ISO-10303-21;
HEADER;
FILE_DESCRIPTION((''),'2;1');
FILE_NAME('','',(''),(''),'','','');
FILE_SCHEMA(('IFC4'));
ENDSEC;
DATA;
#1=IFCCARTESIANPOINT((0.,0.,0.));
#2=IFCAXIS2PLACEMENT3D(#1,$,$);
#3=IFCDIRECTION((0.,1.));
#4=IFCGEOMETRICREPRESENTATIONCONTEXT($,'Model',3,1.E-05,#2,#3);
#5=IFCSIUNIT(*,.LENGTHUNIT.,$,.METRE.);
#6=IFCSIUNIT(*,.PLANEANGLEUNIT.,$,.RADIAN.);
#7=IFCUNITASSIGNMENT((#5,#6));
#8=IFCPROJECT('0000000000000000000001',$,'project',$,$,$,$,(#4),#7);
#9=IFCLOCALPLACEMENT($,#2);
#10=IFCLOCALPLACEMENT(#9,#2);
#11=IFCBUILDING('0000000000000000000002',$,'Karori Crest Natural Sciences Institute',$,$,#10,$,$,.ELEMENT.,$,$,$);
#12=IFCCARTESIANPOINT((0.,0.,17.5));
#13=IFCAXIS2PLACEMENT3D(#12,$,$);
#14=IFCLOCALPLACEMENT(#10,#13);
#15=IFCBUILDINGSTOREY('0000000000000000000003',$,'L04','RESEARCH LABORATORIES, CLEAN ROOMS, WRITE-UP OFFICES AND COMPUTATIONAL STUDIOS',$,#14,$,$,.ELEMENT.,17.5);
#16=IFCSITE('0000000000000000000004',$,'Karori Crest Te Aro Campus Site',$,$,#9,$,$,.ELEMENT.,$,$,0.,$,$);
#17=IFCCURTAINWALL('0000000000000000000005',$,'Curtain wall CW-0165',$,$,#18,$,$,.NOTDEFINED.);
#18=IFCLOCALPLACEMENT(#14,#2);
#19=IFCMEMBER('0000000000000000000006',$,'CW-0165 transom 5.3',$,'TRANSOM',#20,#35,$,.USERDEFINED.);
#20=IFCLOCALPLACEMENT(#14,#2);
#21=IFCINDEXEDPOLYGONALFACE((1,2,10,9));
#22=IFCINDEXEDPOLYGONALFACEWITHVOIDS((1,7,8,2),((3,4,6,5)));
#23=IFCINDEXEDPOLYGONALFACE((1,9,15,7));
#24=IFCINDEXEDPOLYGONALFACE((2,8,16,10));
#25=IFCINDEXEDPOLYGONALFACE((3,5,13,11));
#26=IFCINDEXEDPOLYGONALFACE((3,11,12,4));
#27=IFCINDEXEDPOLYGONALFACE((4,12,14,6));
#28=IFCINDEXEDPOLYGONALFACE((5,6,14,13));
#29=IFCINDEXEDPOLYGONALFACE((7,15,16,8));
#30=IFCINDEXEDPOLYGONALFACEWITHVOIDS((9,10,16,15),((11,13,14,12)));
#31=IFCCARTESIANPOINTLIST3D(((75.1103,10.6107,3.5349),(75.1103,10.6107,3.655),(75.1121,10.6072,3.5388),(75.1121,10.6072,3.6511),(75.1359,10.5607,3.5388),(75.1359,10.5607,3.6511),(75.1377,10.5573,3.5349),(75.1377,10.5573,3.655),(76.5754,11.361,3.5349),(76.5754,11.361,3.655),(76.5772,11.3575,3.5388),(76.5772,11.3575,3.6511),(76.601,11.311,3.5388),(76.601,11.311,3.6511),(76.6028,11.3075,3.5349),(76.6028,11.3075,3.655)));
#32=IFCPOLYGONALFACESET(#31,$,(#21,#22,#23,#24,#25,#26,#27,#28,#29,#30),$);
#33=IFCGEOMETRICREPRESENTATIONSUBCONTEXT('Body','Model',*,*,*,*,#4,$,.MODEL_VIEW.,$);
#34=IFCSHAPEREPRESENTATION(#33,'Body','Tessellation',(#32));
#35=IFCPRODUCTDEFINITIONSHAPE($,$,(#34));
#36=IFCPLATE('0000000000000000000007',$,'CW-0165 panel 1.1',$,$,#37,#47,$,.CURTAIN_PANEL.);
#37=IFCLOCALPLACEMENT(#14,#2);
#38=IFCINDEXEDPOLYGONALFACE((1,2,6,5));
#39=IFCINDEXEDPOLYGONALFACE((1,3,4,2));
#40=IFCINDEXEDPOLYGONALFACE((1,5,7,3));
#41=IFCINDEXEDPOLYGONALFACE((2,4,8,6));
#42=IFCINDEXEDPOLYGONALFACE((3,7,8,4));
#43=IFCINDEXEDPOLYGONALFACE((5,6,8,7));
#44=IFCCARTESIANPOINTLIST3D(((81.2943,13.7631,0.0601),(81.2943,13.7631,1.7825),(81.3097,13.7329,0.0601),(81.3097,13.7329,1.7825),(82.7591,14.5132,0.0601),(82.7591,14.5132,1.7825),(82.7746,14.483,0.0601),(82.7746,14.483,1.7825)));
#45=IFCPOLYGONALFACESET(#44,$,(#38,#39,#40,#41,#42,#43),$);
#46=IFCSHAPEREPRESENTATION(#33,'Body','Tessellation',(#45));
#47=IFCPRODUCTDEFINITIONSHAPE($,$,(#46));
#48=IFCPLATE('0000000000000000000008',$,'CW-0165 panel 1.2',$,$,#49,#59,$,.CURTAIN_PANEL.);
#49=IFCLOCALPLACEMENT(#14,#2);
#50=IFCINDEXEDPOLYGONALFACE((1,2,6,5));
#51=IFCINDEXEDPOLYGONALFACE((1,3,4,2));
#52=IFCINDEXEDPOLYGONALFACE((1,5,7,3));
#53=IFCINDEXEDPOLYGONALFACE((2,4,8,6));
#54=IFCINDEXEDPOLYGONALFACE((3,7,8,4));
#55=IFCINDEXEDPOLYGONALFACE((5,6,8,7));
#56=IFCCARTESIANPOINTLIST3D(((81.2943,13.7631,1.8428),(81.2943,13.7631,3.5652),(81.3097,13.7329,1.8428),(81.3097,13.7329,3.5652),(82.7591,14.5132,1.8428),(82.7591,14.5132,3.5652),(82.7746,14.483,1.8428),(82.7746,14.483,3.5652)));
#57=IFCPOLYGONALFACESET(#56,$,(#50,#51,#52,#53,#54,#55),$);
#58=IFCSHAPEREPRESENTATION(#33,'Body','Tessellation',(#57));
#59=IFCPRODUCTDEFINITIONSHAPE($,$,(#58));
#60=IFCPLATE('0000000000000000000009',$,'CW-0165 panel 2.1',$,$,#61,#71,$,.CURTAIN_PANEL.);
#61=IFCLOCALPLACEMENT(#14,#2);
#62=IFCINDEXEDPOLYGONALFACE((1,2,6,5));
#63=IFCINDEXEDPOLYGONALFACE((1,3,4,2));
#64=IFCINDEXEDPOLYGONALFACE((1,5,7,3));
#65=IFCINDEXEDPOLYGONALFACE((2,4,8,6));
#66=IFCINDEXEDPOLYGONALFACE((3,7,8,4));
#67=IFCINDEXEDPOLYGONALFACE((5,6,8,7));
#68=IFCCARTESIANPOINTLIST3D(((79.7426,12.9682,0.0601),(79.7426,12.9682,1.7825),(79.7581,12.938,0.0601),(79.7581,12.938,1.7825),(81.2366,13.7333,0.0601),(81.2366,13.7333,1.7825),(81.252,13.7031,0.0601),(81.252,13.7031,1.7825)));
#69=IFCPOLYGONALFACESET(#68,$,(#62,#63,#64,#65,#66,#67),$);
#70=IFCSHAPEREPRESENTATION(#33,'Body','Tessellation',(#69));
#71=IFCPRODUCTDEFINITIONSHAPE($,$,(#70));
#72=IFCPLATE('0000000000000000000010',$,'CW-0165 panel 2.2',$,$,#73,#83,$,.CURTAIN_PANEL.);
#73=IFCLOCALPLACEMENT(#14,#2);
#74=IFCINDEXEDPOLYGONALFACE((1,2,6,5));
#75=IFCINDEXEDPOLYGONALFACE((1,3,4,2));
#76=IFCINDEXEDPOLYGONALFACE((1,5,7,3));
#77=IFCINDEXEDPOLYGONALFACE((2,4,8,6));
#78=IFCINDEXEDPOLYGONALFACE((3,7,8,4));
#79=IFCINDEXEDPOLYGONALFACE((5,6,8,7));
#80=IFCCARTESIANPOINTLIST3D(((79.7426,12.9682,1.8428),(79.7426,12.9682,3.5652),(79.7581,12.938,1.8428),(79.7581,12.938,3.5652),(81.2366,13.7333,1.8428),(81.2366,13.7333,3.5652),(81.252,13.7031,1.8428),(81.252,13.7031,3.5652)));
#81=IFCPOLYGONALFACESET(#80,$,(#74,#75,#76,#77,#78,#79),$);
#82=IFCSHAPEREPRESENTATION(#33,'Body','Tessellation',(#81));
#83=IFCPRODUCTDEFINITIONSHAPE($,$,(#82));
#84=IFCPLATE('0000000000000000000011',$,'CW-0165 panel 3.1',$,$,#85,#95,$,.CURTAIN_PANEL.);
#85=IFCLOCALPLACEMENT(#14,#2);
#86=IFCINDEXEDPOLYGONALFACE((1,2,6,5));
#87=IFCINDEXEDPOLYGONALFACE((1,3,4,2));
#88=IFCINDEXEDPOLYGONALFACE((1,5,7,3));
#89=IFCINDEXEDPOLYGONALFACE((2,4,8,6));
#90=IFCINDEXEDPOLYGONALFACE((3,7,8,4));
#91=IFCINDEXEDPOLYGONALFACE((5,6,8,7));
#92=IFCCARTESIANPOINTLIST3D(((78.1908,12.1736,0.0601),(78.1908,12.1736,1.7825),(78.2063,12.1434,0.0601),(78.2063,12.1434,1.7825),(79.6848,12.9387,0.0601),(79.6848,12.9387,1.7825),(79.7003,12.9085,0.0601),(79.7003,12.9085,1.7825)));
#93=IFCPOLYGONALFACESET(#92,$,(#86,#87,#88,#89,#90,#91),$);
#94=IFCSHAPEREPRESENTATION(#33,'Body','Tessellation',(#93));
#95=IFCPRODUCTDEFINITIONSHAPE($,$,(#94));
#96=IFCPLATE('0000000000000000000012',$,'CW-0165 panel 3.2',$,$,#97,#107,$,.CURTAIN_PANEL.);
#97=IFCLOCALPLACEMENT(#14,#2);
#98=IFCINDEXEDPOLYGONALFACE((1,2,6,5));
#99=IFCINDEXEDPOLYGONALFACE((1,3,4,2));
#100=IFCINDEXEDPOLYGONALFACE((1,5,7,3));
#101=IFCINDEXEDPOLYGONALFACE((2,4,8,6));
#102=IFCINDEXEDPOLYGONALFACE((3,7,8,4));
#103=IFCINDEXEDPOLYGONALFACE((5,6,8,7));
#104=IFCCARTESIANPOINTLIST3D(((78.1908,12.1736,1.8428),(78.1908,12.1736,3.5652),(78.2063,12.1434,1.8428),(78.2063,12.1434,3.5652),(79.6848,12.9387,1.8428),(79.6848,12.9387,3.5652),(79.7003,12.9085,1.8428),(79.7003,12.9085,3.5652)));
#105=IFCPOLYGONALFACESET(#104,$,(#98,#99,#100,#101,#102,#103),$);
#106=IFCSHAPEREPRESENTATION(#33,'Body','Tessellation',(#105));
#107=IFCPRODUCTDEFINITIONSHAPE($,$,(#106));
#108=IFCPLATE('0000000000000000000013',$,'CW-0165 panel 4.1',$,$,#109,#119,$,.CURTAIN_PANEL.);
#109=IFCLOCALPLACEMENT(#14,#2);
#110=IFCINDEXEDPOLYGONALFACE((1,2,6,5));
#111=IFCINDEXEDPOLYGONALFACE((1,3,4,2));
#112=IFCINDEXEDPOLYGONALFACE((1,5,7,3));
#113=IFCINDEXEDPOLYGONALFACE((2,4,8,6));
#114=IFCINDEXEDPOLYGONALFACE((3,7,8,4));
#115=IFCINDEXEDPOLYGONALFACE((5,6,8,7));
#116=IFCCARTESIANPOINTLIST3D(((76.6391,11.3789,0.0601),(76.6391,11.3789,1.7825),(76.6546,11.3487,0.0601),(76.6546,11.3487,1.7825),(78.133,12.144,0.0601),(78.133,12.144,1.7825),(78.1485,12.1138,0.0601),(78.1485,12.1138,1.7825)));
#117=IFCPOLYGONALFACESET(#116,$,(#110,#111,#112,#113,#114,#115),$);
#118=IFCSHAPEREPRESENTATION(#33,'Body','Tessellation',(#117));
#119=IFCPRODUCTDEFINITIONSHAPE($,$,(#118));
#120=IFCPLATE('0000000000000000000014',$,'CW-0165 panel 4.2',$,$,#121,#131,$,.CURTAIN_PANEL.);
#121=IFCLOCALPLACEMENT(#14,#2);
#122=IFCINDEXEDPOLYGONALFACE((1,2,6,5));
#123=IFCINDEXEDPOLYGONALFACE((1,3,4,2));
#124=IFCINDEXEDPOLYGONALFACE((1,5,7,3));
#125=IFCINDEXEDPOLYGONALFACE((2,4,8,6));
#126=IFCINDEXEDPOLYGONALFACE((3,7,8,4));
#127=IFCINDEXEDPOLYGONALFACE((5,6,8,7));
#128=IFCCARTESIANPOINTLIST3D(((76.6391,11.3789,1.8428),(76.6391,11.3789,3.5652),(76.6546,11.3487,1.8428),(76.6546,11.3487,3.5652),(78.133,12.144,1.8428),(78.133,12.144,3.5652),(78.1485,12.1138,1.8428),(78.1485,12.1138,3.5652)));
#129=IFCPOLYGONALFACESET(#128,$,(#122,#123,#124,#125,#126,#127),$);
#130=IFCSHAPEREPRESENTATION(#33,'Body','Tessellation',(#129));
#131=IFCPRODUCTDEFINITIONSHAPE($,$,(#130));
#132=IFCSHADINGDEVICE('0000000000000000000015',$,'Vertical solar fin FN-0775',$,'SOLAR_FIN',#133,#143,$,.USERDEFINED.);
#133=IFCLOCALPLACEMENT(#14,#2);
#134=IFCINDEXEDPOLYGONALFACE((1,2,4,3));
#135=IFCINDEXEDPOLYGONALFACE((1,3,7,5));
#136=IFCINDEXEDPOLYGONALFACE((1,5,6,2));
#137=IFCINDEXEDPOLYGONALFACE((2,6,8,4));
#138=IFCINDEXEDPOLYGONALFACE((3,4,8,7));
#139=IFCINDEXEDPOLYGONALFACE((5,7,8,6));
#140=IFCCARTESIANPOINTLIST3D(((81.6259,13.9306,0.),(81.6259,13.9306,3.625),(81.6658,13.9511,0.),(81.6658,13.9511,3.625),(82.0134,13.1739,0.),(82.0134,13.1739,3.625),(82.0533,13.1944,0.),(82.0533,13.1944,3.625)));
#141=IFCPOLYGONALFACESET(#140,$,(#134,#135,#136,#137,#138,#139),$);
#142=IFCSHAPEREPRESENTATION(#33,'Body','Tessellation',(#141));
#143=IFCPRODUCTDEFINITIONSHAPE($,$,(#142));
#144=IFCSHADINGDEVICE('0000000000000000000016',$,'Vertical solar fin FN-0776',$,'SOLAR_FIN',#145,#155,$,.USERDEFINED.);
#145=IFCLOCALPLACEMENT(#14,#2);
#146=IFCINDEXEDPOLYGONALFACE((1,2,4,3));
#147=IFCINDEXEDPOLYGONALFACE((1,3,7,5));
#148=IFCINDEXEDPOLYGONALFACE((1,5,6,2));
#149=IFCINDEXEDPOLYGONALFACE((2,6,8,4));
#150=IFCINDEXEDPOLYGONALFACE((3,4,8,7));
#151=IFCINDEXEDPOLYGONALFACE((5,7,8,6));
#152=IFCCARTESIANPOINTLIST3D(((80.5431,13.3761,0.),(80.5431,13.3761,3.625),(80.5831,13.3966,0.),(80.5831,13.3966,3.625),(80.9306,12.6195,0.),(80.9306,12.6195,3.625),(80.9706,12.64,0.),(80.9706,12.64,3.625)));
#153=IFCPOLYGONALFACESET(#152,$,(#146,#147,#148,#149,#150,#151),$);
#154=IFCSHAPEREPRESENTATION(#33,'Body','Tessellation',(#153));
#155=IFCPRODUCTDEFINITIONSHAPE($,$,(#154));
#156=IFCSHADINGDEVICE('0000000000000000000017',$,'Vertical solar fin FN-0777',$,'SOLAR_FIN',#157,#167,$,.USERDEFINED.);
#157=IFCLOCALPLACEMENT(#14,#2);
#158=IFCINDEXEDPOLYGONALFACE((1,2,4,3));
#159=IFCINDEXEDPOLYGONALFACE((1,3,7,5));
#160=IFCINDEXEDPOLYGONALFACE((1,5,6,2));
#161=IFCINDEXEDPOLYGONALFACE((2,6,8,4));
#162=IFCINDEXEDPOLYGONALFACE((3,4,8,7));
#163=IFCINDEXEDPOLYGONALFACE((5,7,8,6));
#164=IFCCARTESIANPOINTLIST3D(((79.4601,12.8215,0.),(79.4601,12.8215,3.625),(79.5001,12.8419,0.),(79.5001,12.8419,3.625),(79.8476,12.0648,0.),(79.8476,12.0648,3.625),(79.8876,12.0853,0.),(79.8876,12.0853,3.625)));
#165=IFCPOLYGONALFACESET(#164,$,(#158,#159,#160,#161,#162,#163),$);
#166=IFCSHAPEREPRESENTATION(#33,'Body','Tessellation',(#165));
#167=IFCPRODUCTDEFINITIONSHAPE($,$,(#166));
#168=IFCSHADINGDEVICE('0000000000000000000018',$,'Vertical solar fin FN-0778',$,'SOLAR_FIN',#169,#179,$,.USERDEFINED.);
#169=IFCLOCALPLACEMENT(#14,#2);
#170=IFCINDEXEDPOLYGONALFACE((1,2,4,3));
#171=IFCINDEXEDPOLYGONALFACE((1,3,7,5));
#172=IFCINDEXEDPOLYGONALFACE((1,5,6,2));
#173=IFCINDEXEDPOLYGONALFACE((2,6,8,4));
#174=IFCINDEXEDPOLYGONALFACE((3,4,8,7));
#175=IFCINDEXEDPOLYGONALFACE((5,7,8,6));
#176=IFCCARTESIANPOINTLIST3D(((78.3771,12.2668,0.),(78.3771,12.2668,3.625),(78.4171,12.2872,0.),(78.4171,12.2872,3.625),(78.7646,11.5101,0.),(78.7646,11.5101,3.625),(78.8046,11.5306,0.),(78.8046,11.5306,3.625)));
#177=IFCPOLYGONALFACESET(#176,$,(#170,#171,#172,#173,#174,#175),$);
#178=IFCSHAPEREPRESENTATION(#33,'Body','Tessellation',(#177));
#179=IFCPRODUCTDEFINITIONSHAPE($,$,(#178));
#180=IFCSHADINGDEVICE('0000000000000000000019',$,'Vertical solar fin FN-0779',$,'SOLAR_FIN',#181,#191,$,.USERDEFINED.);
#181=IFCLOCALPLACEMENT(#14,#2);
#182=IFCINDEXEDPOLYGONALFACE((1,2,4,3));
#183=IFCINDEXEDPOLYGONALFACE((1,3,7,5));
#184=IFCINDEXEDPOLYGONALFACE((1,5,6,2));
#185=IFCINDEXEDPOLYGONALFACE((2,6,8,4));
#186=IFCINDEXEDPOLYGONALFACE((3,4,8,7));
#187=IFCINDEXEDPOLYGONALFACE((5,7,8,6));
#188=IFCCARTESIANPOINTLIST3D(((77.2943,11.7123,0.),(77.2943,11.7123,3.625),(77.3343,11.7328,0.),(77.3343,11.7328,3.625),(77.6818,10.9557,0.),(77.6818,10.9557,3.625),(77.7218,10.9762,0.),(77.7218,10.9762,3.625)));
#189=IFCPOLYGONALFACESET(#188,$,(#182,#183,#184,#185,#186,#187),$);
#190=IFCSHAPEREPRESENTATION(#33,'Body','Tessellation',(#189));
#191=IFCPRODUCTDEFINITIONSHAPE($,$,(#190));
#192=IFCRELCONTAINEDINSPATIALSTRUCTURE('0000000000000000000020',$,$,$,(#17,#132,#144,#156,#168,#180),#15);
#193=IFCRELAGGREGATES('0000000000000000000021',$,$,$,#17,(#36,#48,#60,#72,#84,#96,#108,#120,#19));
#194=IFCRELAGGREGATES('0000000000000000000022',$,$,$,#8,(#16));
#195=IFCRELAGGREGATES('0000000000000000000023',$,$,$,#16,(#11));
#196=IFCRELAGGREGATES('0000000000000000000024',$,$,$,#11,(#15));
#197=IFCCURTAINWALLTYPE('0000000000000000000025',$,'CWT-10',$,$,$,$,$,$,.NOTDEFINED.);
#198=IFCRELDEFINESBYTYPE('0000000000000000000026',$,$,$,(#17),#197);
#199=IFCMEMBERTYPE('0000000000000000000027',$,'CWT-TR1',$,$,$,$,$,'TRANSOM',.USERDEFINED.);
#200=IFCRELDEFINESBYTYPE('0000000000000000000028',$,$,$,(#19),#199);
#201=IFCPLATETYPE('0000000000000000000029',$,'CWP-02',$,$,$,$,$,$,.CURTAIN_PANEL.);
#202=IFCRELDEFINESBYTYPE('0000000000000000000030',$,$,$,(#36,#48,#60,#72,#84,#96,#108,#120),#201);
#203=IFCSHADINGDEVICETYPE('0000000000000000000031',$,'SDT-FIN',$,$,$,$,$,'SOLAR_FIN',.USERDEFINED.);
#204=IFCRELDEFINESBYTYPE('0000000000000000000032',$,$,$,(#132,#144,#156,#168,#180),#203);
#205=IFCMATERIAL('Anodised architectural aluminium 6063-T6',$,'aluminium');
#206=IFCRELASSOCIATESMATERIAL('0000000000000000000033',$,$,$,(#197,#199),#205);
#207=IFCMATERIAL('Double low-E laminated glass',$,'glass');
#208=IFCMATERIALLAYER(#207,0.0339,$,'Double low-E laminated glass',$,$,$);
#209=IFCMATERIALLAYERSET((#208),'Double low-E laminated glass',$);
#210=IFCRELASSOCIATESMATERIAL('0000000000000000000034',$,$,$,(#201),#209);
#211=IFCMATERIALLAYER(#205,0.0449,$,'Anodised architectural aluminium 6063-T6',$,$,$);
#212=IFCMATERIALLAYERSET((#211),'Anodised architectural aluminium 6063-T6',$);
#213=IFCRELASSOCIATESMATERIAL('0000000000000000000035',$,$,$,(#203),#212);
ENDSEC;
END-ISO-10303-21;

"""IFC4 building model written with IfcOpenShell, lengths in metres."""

from ifc_helpers import new_model, si_unit, direction, frame, origin, origin_2d, place, context, subcontext, project, spatial, rectangle, hollow_rectangle, extrude, material, layer, layer_set, material_profile, profile_set, type_object, element, aggregate, save


model = new_model("IFC4")

# Units and contexts
model_context = context("Model", 3, precision=1e-05, world=origin(), true_north=direction((0.0, 1.0)))
body_context = subcontext(model_context, "Body", "Model", "MODEL_VIEW")
ifc_project = project(units=[si_unit("LENGTHUNIT", "METRE"), si_unit("PLANEANGLEUNIT", "RADIAN")], contexts=[model_context])

# Site, building, storey
site_placement = place(None, origin())
site = spatial("IfcSite", under=ifc_project, at=site_placement, Name="Karori Crest Te Aro Campus Site", CompositionType="ELEMENT", RefElevation=0.0)
building_placement = place(site_placement, origin())
building = spatial("IfcBuilding", under=site, at=building_placement, Name="Karori Crest Natural Sciences Institute", CompositionType="ELEMENT")
storey_placement = place(building_placement, frame((0.0, 0.0, 17.5)))
storey = spatial("IfcBuildingStorey", under=building, at=storey_placement, Name="L04", Description="RESEARCH LABORATORIES, CLEAN ROOMS, WRITE-UP OFFICES AND COMPUTATIONAL STUDIOS", CompositionType="ELEMENT", Elevation=17.5)

# Curtain wall, member, plates
ifc_material_1 = material(Name="Anodised architectural aluminium 6063-T6", Category="aluminium")
curtain_wall_type = type_object("IfcCurtainWallType", Name="CWT-10", PredefinedType="NOTDEFINED", material=ifc_material_1)
curtain_wall_placement = place(storey_placement, origin())
curtain_wall = element("IfcCurtainWall", 1, at=curtain_wall_placement, inside=storey, type_object=curtain_wall_type, Name="Curtain wall CW-0165", PredefinedType="NOTDEFINED")
ifc_material_profile_1 = material_profile(ifc_material_1, hollow_rectangle(XDim=0.0601, YDim=0.1201, WallThickness=0.0039, at=origin_2d()), Name="CWT120x60x4")
ifc_profile_set_1 = profile_set([ifc_material_profile_1], Name="Anodised architectural aluminium 6063-T6")
member_type_1 = type_object("IfcMemberType", Name="CWT-TR1", ElementType="TRANSOM", PredefinedType="USERDEFINED", material=ifc_profile_set_1)
member_1_placement = place(storey_placement, frame((76.5891, 11.3342, 3.595), z_axis=(-0.890084, -0.455796, 0.0), x_axis=(0.455796, -0.890084, 0.0)))
member_1 = element("IfcMember", 2, at=member_1_placement, type_object=member_type_1, Name="CW-0165 transom 5.3", ObjectType="TRANSOM", PredefinedType="USERDEFINED", context=body_context, shape_type="SweptSolid", body=[
    extrude(hollow_rectangle(XDim=0.0601, YDim=0.1201, WallThickness=0.0039, at=origin_2d()), origin(), (0.0, 0.0, 1.0), 1.646),
])
ifc_material_2 = material(Name="Double low-E laminated glass", Category="glass")
ifc_layer_1 = layer(ifc_material_2, 0.0339, Name="Double low-E laminated glass")
ifc_layer_set_1 = layer_set([ifc_layer_1], Name="Double low-E laminated glass")
plate_type = type_object("IfcPlateType", Name="CWP-02", PredefinedType="CURTAIN_PANEL", material=ifc_layer_set_1)
plate_1_placement = place(storey_placement, frame((82.0344, 14.123, 0.0601), z_axis=(0.0, 0.0, 1.0), x_axis=(-0.890067, -0.455829, 0.0)))
plate_1 = element("IfcPlate", 3, at=plate_1_placement, type_object=plate_type, Name="CW-0165 panel 1.1", PredefinedType="CURTAIN_PANEL", context=body_context, shape_type="SweptSolid", body=[
    extrude(rectangle(XDim=1.6458, YDim=0.0339, at=origin_2d()), origin(), (0.0, 0.0, 1.0), 1.7224),
])
plate_2_placement = place(storey_placement, frame((82.0344, 14.123, 1.8428), z_axis=(0.0, 0.0, 1.0), x_axis=(-0.890067, -0.455829, 0.0)))
plate_2 = element("IfcPlate", 4, at=plate_2_placement, type_object=plate_type, Name="CW-0165 panel 1.2", PredefinedType="CURTAIN_PANEL", context=body_context, shape_type="SweptSolid", body=[
    extrude(rectangle(XDim=1.6458, YDim=0.0339, at=origin_2d()), origin(), (0.0, 0.0, 1.0), 1.7224),
])
plate_3_placement = place(storey_placement, frame((80.4973, 13.3357, 0.0601), z_axis=(0.0, 0.0, 1.0), x_axis=(-0.890067, -0.455829, 0.0)))
plate_3 = element("IfcPlate", 5, at=plate_3_placement, type_object=plate_type, Name="CW-0165 panel 2.1", PredefinedType="CURTAIN_PANEL", context=body_context, shape_type="SweptSolid", body=[
    extrude(rectangle(XDim=1.6785, YDim=0.0339, at=origin_2d()), origin(), (0.0, 0.0, 1.0), 1.7224),
])
plate_4_placement = place(storey_placement, frame((80.4973, 13.3357, 1.8428), z_axis=(0.0, 0.0, 1.0), x_axis=(-0.890067, -0.455829, 0.0)))
plate_4 = element("IfcPlate", 6, at=plate_4_placement, type_object=plate_type, Name="CW-0165 panel 2.2", PredefinedType="CURTAIN_PANEL", context=body_context, shape_type="SweptSolid", body=[
    extrude(rectangle(XDim=1.6785, YDim=0.0339, at=origin_2d()), origin(), (0.0, 0.0, 1.0), 1.7224),
])
plate_5_placement = place(storey_placement, frame((78.9456, 12.541, 0.0601), z_axis=(0.0, 0.0, 1.0), x_axis=(-0.890067, -0.455829, 0.0)))
plate_5 = element("IfcPlate", 7, at=plate_5_placement, type_object=plate_type, Name="CW-0165 panel 3.1", PredefinedType="CURTAIN_PANEL", context=body_context, shape_type="SweptSolid", body=[
    extrude(rectangle(XDim=1.6785, YDim=0.0339, at=origin_2d()), origin(), (0.0, 0.0, 1.0), 1.7224),
])
plate_6_placement = place(storey_placement, frame((78.9456, 12.541, 1.8428), z_axis=(0.0, 0.0, 1.0), x_axis=(-0.890067, -0.455829, 0.0)))
plate_6 = element("IfcPlate", 8, at=plate_6_placement, type_object=plate_type, Name="CW-0165 panel 3.2", PredefinedType="CURTAIN_PANEL", context=body_context, shape_type="SweptSolid", body=[
    extrude(rectangle(XDim=1.6785, YDim=0.0339, at=origin_2d()), origin(), (0.0, 0.0, 1.0), 1.7224),
])
plate_7_placement = place(storey_placement, frame((77.3938, 11.7463, 0.0601), z_axis=(0.0, 0.0, 1.0), x_axis=(-0.890067, -0.455829, 0.0)))
plate_7 = element("IfcPlate", 9, at=plate_7_placement, type_object=plate_type, Name="CW-0165 panel 4.1", PredefinedType="CURTAIN_PANEL", context=body_context, shape_type="SweptSolid", body=[
    extrude(rectangle(XDim=1.6785, YDim=0.0339, at=origin_2d()), origin(), (0.0, 0.0, 1.0), 1.7224),
])
plate_8_placement = place(storey_placement, frame((77.3938, 11.7463, 1.8428), z_axis=(0.0, 0.0, 1.0), x_axis=(-0.890067, -0.455829, 0.0)))
plate_8 = element("IfcPlate", 10, at=plate_8_placement, type_object=plate_type, Name="CW-0165 panel 4.2", PredefinedType="CURTAIN_PANEL", context=body_context, shape_type="SweptSolid", body=[
    extrude(rectangle(XDim=1.6785, YDim=0.0339, at=origin_2d()), origin(), (0.0, 0.0, 1.0), 1.7224),
])
aggregate(curtain_wall, [plate_1, plate_2, plate_3, plate_4, plate_5, plate_6, plate_7, plate_8, member_1])

# Shading devices
ifc_layer_2 = layer(ifc_material_1, 0.0449, Name="Anodised architectural aluminium 6063-T6")
ifc_layer_set_2 = layer_set([ifc_layer_2], Name="Anodised architectural aluminium 6063-T6")
shading_device_type = type_object("IfcShadingDeviceType", Name="SDT-FIN", ElementType="SOLAR_FIN", PredefinedType="USERDEFINED", material=ifc_layer_set_2)
for number, where, z_axis, x_axis, name in (
    (11, (81.8396, 13.5625, 0.0), (0.0, 0.0, 1.0), (0.455829, -0.890067, 0.0), "Vertical solar fin FN-0775"),
    (12, (80.7568, 13.0081, 0.0), (0.0, 0.0, 1.0), (0.455829, -0.890067, 0.0), "Vertical solar fin FN-0776"),
    (13, (79.6738, 12.4534, 0.0), (0.0, 0.0, 1.0), (0.455829, -0.890067, 0.0), "Vertical solar fin FN-0777"),
    (14, (78.5908, 11.8987, 0.0), (0.0, 0.0, 1.0), (0.455829, -0.890067, 0.0), "Vertical solar fin FN-0778"),
    (15, (77.5081, 11.3442, 0.0), (0.0, 0.0, 1.0), (0.455829, -0.890067, 0.0), "Vertical solar fin FN-0779"),
):
    element("IfcShadingDevice", number, at=place(storey_placement, frame(where, z_axis=z_axis, x_axis=x_axis)), inside=storey, type_object=shading_device_type, Name=name, ObjectType="SOLAR_FIN", PredefinedType="USERDEFINED", context=body_context, shape_type="SweptSolid", body=[
        extrude(rectangle(XDim=0.8501, YDim=0.0449, at=origin_2d()), origin(), (0.0, 0.0, 1.0), 3.625),
    ])

save(model, "model.ifc")
